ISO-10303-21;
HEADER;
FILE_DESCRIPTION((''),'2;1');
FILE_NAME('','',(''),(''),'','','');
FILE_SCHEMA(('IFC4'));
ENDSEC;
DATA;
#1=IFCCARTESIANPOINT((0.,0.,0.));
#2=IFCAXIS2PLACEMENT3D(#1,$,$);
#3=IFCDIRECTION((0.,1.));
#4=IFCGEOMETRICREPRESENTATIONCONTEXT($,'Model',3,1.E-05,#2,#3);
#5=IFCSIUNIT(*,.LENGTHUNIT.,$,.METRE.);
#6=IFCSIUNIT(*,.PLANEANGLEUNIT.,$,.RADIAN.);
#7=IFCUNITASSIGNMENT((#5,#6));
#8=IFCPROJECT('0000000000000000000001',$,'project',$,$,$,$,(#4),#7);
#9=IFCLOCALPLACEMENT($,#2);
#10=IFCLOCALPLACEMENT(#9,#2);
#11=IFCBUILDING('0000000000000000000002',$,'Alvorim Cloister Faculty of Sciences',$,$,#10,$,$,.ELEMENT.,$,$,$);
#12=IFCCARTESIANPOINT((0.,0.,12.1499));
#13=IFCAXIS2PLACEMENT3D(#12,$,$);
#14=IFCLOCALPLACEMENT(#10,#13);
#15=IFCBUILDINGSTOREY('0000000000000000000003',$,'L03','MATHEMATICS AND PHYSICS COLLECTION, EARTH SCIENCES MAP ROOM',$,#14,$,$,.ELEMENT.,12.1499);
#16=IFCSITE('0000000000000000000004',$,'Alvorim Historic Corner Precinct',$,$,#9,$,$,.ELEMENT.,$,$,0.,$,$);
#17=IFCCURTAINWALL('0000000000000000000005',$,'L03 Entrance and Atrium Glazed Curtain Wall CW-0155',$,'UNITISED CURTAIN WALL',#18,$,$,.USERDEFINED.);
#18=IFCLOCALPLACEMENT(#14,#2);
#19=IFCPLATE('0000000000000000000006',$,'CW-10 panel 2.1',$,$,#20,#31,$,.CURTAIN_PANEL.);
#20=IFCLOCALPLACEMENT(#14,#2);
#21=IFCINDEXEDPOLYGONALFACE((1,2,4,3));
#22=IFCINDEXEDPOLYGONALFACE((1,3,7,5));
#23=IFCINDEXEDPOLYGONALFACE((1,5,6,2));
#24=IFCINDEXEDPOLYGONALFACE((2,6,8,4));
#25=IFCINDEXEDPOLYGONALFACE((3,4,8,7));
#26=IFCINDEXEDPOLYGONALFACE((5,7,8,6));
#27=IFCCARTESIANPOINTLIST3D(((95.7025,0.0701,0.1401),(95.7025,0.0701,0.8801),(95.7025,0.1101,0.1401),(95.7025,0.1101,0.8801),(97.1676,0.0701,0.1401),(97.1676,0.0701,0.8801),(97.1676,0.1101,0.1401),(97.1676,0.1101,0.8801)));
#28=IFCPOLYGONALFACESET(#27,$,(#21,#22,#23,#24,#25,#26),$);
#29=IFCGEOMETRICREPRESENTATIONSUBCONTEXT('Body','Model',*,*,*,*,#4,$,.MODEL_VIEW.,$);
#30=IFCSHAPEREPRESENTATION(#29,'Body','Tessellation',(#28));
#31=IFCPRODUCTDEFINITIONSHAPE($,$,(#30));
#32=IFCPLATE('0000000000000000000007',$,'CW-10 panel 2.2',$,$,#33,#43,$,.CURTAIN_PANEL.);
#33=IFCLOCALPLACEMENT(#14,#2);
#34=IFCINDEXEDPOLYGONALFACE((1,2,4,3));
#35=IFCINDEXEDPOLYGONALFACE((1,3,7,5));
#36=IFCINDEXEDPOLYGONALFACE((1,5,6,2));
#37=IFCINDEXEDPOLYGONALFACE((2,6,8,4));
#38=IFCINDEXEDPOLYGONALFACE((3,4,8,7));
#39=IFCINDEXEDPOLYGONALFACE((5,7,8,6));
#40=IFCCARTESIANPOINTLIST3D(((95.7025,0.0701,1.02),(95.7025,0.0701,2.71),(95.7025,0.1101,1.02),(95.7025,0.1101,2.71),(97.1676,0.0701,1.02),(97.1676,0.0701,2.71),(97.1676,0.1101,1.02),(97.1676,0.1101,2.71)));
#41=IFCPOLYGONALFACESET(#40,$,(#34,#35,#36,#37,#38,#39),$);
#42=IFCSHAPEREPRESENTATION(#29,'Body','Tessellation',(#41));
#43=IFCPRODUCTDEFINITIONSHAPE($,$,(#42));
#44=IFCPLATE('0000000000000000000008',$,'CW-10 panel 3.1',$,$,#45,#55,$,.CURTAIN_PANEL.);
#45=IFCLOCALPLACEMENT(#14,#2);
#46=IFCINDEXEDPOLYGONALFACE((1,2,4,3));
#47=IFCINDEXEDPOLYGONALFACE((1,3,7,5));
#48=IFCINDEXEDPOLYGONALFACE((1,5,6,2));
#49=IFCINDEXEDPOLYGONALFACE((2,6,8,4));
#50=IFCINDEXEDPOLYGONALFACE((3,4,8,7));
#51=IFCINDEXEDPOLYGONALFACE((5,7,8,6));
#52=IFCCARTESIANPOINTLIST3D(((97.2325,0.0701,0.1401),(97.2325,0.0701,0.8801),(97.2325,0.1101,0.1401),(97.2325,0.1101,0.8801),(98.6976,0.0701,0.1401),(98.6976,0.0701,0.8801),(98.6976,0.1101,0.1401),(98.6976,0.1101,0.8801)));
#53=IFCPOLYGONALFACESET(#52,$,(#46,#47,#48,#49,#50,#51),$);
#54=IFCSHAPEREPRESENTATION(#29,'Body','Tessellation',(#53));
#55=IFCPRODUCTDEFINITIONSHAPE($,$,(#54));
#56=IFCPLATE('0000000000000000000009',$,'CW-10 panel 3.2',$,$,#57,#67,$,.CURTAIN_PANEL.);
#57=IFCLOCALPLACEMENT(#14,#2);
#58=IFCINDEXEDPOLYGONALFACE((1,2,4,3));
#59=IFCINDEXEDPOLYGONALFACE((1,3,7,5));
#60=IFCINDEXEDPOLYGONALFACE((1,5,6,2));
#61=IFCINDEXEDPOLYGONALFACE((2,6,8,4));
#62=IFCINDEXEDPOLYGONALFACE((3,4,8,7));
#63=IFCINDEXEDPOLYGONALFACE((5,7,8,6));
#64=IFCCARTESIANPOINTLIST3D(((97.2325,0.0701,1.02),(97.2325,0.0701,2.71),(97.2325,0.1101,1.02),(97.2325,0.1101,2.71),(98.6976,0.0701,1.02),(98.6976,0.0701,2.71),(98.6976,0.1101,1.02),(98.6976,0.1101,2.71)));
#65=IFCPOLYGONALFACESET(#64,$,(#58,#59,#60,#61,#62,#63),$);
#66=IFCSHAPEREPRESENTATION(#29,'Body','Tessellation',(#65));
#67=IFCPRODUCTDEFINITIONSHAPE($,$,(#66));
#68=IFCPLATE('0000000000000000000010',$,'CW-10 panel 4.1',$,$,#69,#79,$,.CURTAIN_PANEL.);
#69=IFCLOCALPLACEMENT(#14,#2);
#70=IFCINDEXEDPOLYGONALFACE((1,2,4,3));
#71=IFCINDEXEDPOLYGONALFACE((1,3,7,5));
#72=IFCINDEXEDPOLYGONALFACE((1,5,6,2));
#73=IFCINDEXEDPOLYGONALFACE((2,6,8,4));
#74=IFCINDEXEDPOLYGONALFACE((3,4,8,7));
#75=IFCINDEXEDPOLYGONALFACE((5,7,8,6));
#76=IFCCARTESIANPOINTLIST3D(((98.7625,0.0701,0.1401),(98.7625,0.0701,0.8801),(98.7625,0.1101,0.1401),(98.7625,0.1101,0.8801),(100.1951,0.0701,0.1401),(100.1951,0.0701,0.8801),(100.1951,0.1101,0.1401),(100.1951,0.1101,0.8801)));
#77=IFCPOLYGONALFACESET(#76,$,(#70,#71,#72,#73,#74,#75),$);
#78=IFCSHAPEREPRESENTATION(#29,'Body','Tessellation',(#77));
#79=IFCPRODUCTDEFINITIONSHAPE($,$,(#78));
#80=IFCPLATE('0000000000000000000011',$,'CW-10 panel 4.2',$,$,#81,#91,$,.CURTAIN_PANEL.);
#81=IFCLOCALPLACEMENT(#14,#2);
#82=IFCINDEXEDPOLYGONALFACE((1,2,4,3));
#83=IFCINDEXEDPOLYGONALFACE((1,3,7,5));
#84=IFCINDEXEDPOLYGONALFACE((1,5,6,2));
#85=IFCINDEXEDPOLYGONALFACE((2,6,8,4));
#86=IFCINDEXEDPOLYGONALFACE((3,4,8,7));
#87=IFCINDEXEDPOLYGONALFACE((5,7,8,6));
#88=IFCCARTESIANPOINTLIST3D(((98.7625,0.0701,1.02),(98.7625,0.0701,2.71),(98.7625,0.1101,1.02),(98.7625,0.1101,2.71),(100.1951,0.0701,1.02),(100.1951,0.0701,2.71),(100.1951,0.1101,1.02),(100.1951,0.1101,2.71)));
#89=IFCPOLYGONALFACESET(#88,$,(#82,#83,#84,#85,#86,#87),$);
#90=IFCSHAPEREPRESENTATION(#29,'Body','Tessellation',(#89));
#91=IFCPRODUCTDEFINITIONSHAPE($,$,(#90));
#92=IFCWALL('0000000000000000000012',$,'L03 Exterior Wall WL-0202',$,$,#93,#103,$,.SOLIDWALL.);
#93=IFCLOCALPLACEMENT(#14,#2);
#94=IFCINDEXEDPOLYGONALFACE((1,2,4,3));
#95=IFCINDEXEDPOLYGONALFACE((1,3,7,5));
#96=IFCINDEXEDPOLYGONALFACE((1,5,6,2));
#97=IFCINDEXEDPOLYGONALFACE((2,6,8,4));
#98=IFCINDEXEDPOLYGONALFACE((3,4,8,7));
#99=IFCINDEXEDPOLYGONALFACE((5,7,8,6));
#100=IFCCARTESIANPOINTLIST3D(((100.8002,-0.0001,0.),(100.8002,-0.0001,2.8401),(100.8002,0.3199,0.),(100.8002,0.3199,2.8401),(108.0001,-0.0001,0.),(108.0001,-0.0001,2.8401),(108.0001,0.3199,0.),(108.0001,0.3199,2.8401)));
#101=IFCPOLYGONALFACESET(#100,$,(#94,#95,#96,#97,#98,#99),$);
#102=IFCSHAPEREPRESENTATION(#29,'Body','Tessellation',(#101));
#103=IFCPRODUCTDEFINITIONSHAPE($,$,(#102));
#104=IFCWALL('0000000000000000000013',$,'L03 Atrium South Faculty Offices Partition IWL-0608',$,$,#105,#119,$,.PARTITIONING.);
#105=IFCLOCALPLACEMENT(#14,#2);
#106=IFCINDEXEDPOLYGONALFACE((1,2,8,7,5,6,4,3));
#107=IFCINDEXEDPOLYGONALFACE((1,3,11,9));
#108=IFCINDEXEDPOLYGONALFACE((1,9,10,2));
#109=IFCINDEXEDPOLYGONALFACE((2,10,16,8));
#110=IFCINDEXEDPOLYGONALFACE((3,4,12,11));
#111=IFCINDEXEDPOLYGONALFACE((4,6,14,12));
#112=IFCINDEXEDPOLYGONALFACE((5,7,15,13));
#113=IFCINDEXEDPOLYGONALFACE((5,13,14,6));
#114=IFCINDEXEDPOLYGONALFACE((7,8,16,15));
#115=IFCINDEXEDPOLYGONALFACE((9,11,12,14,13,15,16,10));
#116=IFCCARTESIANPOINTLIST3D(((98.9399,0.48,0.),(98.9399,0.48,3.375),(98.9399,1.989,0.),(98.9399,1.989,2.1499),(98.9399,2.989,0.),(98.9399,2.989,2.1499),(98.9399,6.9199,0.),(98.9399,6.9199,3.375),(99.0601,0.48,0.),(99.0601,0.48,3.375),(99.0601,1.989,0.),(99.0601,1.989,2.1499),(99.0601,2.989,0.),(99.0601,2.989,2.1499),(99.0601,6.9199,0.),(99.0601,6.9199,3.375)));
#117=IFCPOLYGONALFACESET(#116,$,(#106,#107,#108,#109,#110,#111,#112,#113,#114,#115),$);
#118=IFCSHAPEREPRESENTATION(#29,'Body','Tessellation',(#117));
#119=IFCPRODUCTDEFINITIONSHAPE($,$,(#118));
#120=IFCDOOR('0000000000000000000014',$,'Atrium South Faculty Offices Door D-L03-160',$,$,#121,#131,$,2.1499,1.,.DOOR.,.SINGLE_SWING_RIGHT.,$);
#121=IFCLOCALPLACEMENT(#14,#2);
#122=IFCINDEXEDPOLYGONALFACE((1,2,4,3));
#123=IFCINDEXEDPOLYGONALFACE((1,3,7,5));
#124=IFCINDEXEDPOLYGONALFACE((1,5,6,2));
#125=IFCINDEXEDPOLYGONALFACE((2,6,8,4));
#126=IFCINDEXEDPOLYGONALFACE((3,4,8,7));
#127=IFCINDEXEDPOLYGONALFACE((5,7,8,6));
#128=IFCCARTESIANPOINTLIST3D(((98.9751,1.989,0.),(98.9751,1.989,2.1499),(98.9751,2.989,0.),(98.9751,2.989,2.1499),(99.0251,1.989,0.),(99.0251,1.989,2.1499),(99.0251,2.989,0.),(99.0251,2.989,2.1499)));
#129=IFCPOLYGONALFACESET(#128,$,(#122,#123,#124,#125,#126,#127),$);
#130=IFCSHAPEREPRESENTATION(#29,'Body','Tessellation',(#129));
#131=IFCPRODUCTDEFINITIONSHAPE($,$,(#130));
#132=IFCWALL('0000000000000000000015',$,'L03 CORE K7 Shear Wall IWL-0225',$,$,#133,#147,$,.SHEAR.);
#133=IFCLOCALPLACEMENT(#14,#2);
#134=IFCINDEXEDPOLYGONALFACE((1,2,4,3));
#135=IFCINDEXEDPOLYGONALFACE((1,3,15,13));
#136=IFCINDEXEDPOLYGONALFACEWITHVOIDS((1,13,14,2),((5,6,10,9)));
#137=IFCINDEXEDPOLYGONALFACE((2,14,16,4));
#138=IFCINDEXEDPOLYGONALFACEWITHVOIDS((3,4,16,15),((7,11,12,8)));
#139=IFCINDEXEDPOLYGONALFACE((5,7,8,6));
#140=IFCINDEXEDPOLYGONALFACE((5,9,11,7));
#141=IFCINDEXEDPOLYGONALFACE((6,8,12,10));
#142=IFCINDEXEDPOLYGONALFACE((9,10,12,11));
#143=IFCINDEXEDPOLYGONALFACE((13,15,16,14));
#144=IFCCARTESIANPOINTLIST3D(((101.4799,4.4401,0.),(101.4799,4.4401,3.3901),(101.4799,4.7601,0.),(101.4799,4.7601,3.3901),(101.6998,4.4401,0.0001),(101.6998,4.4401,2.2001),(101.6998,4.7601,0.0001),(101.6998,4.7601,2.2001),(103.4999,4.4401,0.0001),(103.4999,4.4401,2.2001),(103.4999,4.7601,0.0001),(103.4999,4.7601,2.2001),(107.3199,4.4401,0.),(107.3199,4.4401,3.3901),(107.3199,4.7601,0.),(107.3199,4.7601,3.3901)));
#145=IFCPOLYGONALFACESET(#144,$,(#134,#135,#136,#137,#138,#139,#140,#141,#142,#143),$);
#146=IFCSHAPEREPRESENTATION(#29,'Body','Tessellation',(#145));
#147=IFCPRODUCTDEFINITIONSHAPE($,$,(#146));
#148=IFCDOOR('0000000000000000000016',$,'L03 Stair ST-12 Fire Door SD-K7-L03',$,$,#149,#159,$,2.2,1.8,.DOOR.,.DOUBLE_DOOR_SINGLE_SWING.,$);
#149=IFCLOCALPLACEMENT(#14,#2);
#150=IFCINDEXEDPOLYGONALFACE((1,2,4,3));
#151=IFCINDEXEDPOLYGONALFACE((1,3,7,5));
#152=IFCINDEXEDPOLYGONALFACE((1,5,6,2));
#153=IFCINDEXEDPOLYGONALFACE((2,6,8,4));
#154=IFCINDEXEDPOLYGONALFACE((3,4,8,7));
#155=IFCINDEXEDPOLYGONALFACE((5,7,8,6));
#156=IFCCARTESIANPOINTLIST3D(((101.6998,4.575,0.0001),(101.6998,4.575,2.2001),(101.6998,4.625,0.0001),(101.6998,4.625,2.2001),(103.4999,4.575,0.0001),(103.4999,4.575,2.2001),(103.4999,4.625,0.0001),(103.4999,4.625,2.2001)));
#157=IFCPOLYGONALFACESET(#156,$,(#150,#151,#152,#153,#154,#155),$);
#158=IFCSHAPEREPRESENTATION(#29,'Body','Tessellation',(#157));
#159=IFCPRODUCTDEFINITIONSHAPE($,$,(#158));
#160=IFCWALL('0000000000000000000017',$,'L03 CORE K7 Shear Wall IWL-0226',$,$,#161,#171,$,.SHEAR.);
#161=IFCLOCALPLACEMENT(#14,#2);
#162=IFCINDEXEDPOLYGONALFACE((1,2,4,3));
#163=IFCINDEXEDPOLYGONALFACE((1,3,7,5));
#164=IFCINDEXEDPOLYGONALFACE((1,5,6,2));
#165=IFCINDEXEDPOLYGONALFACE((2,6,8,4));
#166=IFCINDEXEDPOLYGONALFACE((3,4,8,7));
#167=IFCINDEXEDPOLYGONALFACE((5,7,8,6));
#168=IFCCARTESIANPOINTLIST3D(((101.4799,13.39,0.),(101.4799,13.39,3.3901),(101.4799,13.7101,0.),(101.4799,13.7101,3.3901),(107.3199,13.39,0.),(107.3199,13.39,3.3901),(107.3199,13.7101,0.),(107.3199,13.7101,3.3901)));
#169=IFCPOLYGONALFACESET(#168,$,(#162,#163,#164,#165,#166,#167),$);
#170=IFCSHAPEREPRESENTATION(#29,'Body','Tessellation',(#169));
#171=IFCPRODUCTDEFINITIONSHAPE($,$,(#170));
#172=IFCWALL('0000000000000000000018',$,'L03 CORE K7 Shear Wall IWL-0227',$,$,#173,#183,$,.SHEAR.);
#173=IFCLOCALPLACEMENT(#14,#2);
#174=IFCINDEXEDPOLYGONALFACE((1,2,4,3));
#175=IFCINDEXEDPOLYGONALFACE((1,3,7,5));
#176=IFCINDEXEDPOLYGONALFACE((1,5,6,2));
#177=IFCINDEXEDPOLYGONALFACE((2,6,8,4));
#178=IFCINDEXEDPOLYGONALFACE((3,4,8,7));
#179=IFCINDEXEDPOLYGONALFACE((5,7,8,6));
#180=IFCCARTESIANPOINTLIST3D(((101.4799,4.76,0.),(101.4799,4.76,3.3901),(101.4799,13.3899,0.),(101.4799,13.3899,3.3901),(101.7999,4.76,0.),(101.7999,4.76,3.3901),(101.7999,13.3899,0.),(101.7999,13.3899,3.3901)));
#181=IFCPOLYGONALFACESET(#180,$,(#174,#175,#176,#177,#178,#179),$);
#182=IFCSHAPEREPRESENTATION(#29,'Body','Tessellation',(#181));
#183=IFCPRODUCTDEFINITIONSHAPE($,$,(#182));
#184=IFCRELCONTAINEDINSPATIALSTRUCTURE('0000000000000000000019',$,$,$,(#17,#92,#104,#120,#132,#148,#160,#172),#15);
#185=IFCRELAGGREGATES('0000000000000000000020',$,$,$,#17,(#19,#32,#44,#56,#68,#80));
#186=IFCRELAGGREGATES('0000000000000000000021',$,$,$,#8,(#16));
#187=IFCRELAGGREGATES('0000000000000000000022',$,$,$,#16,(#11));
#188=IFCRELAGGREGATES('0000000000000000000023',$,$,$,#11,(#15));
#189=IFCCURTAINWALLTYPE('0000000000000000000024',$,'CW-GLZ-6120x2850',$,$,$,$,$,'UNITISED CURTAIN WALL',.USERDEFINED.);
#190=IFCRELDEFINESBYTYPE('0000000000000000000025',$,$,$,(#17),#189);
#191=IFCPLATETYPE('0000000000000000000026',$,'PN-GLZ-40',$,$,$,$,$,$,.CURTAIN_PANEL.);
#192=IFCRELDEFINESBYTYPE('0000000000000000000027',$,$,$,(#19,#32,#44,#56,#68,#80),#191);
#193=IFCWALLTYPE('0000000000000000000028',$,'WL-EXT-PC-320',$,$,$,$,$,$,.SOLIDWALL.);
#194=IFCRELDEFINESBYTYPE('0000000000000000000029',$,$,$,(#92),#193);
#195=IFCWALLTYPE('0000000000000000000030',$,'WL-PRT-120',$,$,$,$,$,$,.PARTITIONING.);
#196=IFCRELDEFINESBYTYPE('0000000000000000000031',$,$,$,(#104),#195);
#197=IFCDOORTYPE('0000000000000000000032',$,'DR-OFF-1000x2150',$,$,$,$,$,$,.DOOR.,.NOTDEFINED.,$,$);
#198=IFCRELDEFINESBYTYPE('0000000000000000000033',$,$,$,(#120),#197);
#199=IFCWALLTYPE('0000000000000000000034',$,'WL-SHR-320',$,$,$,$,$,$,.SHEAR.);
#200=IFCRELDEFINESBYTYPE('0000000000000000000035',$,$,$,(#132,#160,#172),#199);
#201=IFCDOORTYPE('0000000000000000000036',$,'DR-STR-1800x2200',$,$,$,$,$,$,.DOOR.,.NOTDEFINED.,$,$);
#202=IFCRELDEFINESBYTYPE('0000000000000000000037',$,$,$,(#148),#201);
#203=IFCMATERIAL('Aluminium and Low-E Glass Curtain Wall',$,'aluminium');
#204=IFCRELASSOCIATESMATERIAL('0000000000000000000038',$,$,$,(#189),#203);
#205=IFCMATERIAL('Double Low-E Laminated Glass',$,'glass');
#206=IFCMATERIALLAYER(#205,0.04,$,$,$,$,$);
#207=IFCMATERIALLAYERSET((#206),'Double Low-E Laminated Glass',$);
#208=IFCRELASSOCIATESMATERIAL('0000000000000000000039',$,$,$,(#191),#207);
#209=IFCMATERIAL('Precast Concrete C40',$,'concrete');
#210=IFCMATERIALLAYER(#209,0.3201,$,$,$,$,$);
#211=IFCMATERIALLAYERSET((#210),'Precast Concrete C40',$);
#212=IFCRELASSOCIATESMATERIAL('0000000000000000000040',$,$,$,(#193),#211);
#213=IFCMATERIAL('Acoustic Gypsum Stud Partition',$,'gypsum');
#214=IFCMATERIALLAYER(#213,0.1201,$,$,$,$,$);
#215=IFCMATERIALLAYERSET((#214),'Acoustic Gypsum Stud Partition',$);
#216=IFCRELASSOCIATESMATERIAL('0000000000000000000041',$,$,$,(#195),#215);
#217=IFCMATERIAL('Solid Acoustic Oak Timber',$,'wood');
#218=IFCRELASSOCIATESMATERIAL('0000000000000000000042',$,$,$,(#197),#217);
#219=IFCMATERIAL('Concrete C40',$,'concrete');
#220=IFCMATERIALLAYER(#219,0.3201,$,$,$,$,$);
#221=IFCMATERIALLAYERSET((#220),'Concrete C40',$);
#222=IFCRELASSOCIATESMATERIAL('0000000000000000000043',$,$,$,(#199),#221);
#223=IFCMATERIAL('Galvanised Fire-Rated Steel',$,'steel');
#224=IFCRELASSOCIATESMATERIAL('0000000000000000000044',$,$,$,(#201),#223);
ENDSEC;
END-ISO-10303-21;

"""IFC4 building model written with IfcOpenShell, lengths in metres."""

from ifc_helpers import new_model, si_unit, direction, frame, frame_2d, origin, origin_2d, place, context, subcontext, project, spatial, rectangle, extrude, material, layer, layer_set, type_object, element, fill, aggregate, save


model = new_model("IFC4")

# Units and contexts
model_context = context("Model", 3, precision=1e-05, world=origin(), true_north=direction((0.0, 1.0)))
body_context = subcontext(model_context, "Body", "Model", "MODEL_VIEW")
ifc_project = project(units=[si_unit("LENGTHUNIT", "METRE"), si_unit("PLANEANGLEUNIT", "RADIAN")], contexts=[model_context])

# Site, building, storey
site_placement = place(None, origin())
site = spatial("IfcSite", under=ifc_project, at=site_placement, Name="Alvorim Historic Corner Precinct", CompositionType="ELEMENT", RefElevation=0.0)
building_placement = place(site_placement, origin())
building = spatial("IfcBuilding", under=site, at=building_placement, Name="Alvorim Cloister Faculty of Sciences", CompositionType="ELEMENT")
storey_placement = place(building_placement, frame((0.0, 0.0, 12.1499)))
storey = spatial("IfcBuildingStorey", under=building, at=storey_placement, Name="L03", Description="MATHEMATICS AND PHYSICS COLLECTION, EARTH SCIENCES MAP ROOM", CompositionType="ELEMENT", Elevation=12.1499)

# Curtain wall, plates
ifc_material_1 = material(Name="Aluminium and Low-E Glass Curtain Wall", Category="aluminium")
curtain_wall_type = type_object("IfcCurtainWallType", Name="CW-GLZ-6120x2850", ElementType="UNITISED CURTAIN WALL", PredefinedType="USERDEFINED", material=ifc_material_1)
curtain_wall_placement = place(storey_placement, origin())
curtain_wall = element("IfcCurtainWall", 1, at=curtain_wall_placement, inside=storey, type_object=curtain_wall_type, Name="L03 Entrance and Atrium Glazed Curtain Wall CW-0155", ObjectType="UNITISED CURTAIN WALL", PredefinedType="USERDEFINED")
ifc_material_2 = material(Name="Double Low-E Laminated Glass", Category="glass")
ifc_layer_1 = layer(ifc_material_2, 0.04)
ifc_layer_set_1 = layer_set([ifc_layer_1], Name="Double Low-E Laminated Glass")
plate_type = type_object("IfcPlateType", Name="PN-GLZ-40", PredefinedType="CURTAIN_PANEL", material=ifc_layer_set_1)
plate_1_placement = place(storey_placement, frame((96.4351, 0.0901, 0.1401), z_axis=(0.0, 0.0, 1.0), x_axis=(1.0, 0.0, 0.0)))
plate_1 = element("IfcPlate", 2, at=plate_1_placement, type_object=plate_type, Name="CW-10 panel 2.1", PredefinedType="CURTAIN_PANEL", context=body_context, shape_type="SweptSolid", body=[
    extrude(rectangle(XDim=1.4651, YDim=0.04, at=origin_2d()), origin(), (0.0, 0.0, 1.0), 0.74),
])
plate_2_placement = place(storey_placement, frame((96.4351, 0.0901, 1.02), z_axis=(0.0, 0.0, 1.0), x_axis=(1.0, 0.0, 0.0)))
plate_2 = element("IfcPlate", 3, at=plate_2_placement, type_object=plate_type, Name="CW-10 panel 2.2", PredefinedType="CURTAIN_PANEL", context=body_context, shape_type="SweptSolid", body=[
    extrude(rectangle(XDim=1.4651, YDim=0.04, at=origin_2d()), origin(), (0.0, 0.0, 1.0), 1.6899),
])
plate_3_placement = place(storey_placement, frame((97.9651, 0.0901, 0.1401), z_axis=(0.0, 0.0, 1.0), x_axis=(1.0, 0.0, 0.0)))
plate_3 = element("IfcPlate", 4, at=plate_3_placement, type_object=plate_type, Name="CW-10 panel 3.1", PredefinedType="CURTAIN_PANEL", context=body_context, shape_type="SweptSolid", body=[
    extrude(rectangle(XDim=1.4651, YDim=0.04, at=origin_2d()), origin(), (0.0, 0.0, 1.0), 0.74),
])
plate_4_placement = place(storey_placement, frame((97.9651, 0.0901, 1.02), z_axis=(0.0, 0.0, 1.0), x_axis=(1.0, 0.0, 0.0)))
plate_4 = element("IfcPlate", 5, at=plate_4_placement, type_object=plate_type, Name="CW-10 panel 3.2", PredefinedType="CURTAIN_PANEL", context=body_context, shape_type="SweptSolid", body=[
    extrude(rectangle(XDim=1.4651, YDim=0.04, at=origin_2d()), origin(), (0.0, 0.0, 1.0), 1.6899),
])
plate_5_placement = place(storey_placement, frame((99.4788, 0.0901, 0.1401), z_axis=(0.0, 0.0, 1.0), x_axis=(1.0, 0.0, 0.0)))
plate_5 = element("IfcPlate", 6, at=plate_5_placement, type_object=plate_type, Name="CW-10 panel 4.1", PredefinedType="CURTAIN_PANEL", context=body_context, shape_type="SweptSolid", body=[
    extrude(rectangle(XDim=1.4326, YDim=0.04, at=origin_2d()), origin(), (0.0, 0.0, 1.0), 0.74),
])
plate_6_placement = place(storey_placement, frame((99.4788, 0.0901, 1.02), z_axis=(0.0, 0.0, 1.0), x_axis=(1.0, 0.0, 0.0)))
plate_6 = element("IfcPlate", 7, at=plate_6_placement, type_object=plate_type, Name="CW-10 panel 4.2", PredefinedType="CURTAIN_PANEL", context=body_context, shape_type="SweptSolid", body=[
    extrude(rectangle(XDim=1.4326, YDim=0.04, at=origin_2d()), origin(), (0.0, 0.0, 1.0), 1.6899),
])
aggregate(curtain_wall, [plate_1, plate_2, plate_3, plate_4, plate_5, plate_6])

# Wall
ifc_material_3 = material(Name="Precast Concrete C40", Category="concrete")
ifc_layer_2 = layer(ifc_material_3, 0.3201)
ifc_layer_set_2 = layer_set([ifc_layer_2], Name="Precast Concrete C40")
wall_type_1 = type_object("IfcWallType", Name="WL-EXT-PC-320", PredefinedType="SOLIDWALL", material=ifc_layer_set_2)
wall_1_placement = place(storey_placement, frame((100.8, 0.1599, 0.0), z_axis=(0.0, 0.0, 1.0), x_axis=(1.0, 0.0, 0.0)))
element("IfcWall", 8, at=wall_1_placement, inside=storey, type_object=wall_type_1, Name="L03 Exterior Wall WL-0202", PredefinedType="SOLIDWALL", context=body_context, shape_type="SweptSolid", body=[
    extrude(rectangle(XDim=7.2, YDim=0.3201, at=frame_2d((3.6001, 0.0))), origin(), (0.0, 0.0, 1.0), 2.8401),
])

# Walls, openings, doors
ifc_material_4 = material(Name="Acoustic Gypsum Stud Partition", Category="gypsum")
ifc_layer_3 = layer(ifc_material_4, 0.1201)
ifc_layer_set_3 = layer_set([ifc_layer_3], Name="Acoustic Gypsum Stud Partition")
wall_type_2 = type_object("IfcWallType", Name="WL-PRT-120", PredefinedType="PARTITIONING", material=ifc_layer_set_3)
wall_2_placement = place(storey_placement, frame((99.0, 0.48, 0.0), z_axis=(0.0, 0.0, 1.0), x_axis=(0.0, 1.0, 0.0)))
wall_2 = element("IfcWall", 9, at=wall_2_placement, inside=storey, type_object=wall_type_2, Name="L03 Atrium South Faculty Offices Partition IWL-0608", PredefinedType="PARTITIONING", context=body_context, shape_type="SweptSolid", body=[
    extrude(rectangle(XDim=6.4399, YDim=0.1201, at=frame_2d((3.22, 0.0))), origin(), (0.0, 0.0, 1.0), 3.375),
])
opening_1_placement = place(wall_2_placement, frame((1.509, 0.0, 0.0)))
opening_1 = element("IfcOpeningElement", 10, at=opening_1_placement, cuts=wall_2, PredefinedType="OPENING", context=body_context, shape_type="SweptSolid", body=[
    extrude(rectangle(XDim=1.0, YDim=2.1499, at=frame_2d((0.5, 1.075))), frame((0.0, 0.072, 0.0), z_axis=(0.0, -1.0, 0.0), x_axis=(1.0, 0.0, 0.0)), (0.0, 0.0, 1.0), 0.144),
])
ifc_material_5 = material(Name="Solid Acoustic Oak Timber", Category="wood")
door_type_1 = type_object("IfcDoorType", Name="DR-OFF-1000x2150", OperationType="NOTDEFINED", PredefinedType="DOOR", material=ifc_material_5)
door_1_placement = place(opening_1_placement, origin())
door_1 = element("IfcDoor", 11, at=door_1_placement, inside=storey, type_object=door_type_1, Name="Atrium South Faculty Offices Door D-L03-160", OperationType="SINGLE_SWING_RIGHT", OverallHeight=2.1499, OverallWidth=1.0, PredefinedType="DOOR", context=body_context, shape_type="SweptSolid", body=[
    extrude(rectangle(XDim=1.0, YDim=2.1499, at=frame_2d((0.5, 1.075))), frame((0.0, 0.0249, 0.0), z_axis=(0.0, -1.0, 0.0), x_axis=(1.0, 0.0, 0.0)), (0.0, 0.0, 1.0), 0.05),
])
fill(opening_1, door_1)
ifc_material_6 = material(Name="Concrete C40", Category="concrete")
ifc_layer_4 = layer(ifc_material_6, 0.3201)
ifc_layer_set_4 = layer_set([ifc_layer_4], Name="Concrete C40")
wall_type_3 = type_object("IfcWallType", Name="WL-SHR-320", PredefinedType="SHEAR", material=ifc_layer_set_4)
wall_3_placement = place(storey_placement, frame((101.48, 4.6001, 0.0), z_axis=(0.0, 0.0, 1.0), x_axis=(1.0, 0.0, 0.0)))
wall_3 = element("IfcWall", 12, at=wall_3_placement, inside=storey, type_object=wall_type_3, Name="L03 CORE K7 Shear Wall IWL-0225", PredefinedType="SHEAR", context=body_context, shape_type="SweptSolid", body=[
    extrude(rectangle(XDim=5.8401, YDim=0.3201, at=frame_2d((2.9199, 0.0))), origin(), (0.0, 0.0, 1.0), 3.3901),
])
opening_2_placement = place(wall_3_placement, frame((0.22, 0.0, 0.0)))
opening_2 = element("IfcOpeningElement", 13, at=opening_2_placement, cuts=wall_3, PredefinedType="OPENING", context=body_context, shape_type="SweptSolid", body=[
    extrude(rectangle(XDim=1.8, YDim=2.2, at=frame_2d((0.8999, 1.1001))), frame((0.0, 0.1719, 0.0), z_axis=(0.0, -1.0, 0.0), x_axis=(1.0, 0.0, 0.0)), (0.0, 0.0, 1.0), 0.344),
])
ifc_material_7 = material(Name="Galvanised Fire-Rated Steel", Category="steel")
door_type_2 = type_object("IfcDoorType", Name="DR-STR-1800x2200", OperationType="NOTDEFINED", PredefinedType="DOOR", material=ifc_material_7)
door_2_placement = place(opening_2_placement, origin())
door_2 = element("IfcDoor", 14, at=door_2_placement, inside=storey, type_object=door_type_2, Name="L03 Stair ST-12 Fire Door SD-K7-L03", OperationType="DOUBLE_DOOR_SINGLE_SWING", OverallHeight=2.2, OverallWidth=1.8, PredefinedType="DOOR", context=body_context, shape_type="SweptSolid", body=[
    extrude(rectangle(XDim=1.8, YDim=2.2, at=frame_2d((0.8999, 1.1001))), frame((0.0, 0.0249, 0.0), z_axis=(0.0, -1.0, 0.0), x_axis=(1.0, 0.0, 0.0)), (0.0, 0.0, 1.0), 0.05),
])
fill(opening_2, door_2)

# Walls
wall_4_placement = place(storey_placement, frame((101.48, 13.55, 0.0), z_axis=(0.0, 0.0, 1.0), x_axis=(1.0, 0.0, 0.0)))
element("IfcWall", 15, at=wall_4_placement, inside=storey, type_object=wall_type_3, Name="L03 CORE K7 Shear Wall IWL-0226", PredefinedType="SHEAR", context=body_context, shape_type="SweptSolid", body=[
    extrude(rectangle(XDim=5.8401, YDim=0.3201, at=frame_2d((2.9199, 0.0))), origin(), (0.0, 0.0, 1.0), 3.3901),
])
wall_5_placement = place(storey_placement, frame((101.6399, 4.76, 0.0), z_axis=(0.0, 0.0, 1.0), x_axis=(0.0, 1.0, 0.0)))
element("IfcWall", 16, at=wall_5_placement, inside=storey, type_object=wall_type_3, Name="L03 CORE K7 Shear Wall IWL-0227", PredefinedType="SHEAR", context=body_context, shape_type="SweptSolid", body=[
    extrude(rectangle(XDim=8.6299, YDim=0.3201, at=frame_2d((4.3149, 0.0))), origin(), (0.0, 0.0, 1.0), 3.3901),
])

save(model, "model.ifc")
